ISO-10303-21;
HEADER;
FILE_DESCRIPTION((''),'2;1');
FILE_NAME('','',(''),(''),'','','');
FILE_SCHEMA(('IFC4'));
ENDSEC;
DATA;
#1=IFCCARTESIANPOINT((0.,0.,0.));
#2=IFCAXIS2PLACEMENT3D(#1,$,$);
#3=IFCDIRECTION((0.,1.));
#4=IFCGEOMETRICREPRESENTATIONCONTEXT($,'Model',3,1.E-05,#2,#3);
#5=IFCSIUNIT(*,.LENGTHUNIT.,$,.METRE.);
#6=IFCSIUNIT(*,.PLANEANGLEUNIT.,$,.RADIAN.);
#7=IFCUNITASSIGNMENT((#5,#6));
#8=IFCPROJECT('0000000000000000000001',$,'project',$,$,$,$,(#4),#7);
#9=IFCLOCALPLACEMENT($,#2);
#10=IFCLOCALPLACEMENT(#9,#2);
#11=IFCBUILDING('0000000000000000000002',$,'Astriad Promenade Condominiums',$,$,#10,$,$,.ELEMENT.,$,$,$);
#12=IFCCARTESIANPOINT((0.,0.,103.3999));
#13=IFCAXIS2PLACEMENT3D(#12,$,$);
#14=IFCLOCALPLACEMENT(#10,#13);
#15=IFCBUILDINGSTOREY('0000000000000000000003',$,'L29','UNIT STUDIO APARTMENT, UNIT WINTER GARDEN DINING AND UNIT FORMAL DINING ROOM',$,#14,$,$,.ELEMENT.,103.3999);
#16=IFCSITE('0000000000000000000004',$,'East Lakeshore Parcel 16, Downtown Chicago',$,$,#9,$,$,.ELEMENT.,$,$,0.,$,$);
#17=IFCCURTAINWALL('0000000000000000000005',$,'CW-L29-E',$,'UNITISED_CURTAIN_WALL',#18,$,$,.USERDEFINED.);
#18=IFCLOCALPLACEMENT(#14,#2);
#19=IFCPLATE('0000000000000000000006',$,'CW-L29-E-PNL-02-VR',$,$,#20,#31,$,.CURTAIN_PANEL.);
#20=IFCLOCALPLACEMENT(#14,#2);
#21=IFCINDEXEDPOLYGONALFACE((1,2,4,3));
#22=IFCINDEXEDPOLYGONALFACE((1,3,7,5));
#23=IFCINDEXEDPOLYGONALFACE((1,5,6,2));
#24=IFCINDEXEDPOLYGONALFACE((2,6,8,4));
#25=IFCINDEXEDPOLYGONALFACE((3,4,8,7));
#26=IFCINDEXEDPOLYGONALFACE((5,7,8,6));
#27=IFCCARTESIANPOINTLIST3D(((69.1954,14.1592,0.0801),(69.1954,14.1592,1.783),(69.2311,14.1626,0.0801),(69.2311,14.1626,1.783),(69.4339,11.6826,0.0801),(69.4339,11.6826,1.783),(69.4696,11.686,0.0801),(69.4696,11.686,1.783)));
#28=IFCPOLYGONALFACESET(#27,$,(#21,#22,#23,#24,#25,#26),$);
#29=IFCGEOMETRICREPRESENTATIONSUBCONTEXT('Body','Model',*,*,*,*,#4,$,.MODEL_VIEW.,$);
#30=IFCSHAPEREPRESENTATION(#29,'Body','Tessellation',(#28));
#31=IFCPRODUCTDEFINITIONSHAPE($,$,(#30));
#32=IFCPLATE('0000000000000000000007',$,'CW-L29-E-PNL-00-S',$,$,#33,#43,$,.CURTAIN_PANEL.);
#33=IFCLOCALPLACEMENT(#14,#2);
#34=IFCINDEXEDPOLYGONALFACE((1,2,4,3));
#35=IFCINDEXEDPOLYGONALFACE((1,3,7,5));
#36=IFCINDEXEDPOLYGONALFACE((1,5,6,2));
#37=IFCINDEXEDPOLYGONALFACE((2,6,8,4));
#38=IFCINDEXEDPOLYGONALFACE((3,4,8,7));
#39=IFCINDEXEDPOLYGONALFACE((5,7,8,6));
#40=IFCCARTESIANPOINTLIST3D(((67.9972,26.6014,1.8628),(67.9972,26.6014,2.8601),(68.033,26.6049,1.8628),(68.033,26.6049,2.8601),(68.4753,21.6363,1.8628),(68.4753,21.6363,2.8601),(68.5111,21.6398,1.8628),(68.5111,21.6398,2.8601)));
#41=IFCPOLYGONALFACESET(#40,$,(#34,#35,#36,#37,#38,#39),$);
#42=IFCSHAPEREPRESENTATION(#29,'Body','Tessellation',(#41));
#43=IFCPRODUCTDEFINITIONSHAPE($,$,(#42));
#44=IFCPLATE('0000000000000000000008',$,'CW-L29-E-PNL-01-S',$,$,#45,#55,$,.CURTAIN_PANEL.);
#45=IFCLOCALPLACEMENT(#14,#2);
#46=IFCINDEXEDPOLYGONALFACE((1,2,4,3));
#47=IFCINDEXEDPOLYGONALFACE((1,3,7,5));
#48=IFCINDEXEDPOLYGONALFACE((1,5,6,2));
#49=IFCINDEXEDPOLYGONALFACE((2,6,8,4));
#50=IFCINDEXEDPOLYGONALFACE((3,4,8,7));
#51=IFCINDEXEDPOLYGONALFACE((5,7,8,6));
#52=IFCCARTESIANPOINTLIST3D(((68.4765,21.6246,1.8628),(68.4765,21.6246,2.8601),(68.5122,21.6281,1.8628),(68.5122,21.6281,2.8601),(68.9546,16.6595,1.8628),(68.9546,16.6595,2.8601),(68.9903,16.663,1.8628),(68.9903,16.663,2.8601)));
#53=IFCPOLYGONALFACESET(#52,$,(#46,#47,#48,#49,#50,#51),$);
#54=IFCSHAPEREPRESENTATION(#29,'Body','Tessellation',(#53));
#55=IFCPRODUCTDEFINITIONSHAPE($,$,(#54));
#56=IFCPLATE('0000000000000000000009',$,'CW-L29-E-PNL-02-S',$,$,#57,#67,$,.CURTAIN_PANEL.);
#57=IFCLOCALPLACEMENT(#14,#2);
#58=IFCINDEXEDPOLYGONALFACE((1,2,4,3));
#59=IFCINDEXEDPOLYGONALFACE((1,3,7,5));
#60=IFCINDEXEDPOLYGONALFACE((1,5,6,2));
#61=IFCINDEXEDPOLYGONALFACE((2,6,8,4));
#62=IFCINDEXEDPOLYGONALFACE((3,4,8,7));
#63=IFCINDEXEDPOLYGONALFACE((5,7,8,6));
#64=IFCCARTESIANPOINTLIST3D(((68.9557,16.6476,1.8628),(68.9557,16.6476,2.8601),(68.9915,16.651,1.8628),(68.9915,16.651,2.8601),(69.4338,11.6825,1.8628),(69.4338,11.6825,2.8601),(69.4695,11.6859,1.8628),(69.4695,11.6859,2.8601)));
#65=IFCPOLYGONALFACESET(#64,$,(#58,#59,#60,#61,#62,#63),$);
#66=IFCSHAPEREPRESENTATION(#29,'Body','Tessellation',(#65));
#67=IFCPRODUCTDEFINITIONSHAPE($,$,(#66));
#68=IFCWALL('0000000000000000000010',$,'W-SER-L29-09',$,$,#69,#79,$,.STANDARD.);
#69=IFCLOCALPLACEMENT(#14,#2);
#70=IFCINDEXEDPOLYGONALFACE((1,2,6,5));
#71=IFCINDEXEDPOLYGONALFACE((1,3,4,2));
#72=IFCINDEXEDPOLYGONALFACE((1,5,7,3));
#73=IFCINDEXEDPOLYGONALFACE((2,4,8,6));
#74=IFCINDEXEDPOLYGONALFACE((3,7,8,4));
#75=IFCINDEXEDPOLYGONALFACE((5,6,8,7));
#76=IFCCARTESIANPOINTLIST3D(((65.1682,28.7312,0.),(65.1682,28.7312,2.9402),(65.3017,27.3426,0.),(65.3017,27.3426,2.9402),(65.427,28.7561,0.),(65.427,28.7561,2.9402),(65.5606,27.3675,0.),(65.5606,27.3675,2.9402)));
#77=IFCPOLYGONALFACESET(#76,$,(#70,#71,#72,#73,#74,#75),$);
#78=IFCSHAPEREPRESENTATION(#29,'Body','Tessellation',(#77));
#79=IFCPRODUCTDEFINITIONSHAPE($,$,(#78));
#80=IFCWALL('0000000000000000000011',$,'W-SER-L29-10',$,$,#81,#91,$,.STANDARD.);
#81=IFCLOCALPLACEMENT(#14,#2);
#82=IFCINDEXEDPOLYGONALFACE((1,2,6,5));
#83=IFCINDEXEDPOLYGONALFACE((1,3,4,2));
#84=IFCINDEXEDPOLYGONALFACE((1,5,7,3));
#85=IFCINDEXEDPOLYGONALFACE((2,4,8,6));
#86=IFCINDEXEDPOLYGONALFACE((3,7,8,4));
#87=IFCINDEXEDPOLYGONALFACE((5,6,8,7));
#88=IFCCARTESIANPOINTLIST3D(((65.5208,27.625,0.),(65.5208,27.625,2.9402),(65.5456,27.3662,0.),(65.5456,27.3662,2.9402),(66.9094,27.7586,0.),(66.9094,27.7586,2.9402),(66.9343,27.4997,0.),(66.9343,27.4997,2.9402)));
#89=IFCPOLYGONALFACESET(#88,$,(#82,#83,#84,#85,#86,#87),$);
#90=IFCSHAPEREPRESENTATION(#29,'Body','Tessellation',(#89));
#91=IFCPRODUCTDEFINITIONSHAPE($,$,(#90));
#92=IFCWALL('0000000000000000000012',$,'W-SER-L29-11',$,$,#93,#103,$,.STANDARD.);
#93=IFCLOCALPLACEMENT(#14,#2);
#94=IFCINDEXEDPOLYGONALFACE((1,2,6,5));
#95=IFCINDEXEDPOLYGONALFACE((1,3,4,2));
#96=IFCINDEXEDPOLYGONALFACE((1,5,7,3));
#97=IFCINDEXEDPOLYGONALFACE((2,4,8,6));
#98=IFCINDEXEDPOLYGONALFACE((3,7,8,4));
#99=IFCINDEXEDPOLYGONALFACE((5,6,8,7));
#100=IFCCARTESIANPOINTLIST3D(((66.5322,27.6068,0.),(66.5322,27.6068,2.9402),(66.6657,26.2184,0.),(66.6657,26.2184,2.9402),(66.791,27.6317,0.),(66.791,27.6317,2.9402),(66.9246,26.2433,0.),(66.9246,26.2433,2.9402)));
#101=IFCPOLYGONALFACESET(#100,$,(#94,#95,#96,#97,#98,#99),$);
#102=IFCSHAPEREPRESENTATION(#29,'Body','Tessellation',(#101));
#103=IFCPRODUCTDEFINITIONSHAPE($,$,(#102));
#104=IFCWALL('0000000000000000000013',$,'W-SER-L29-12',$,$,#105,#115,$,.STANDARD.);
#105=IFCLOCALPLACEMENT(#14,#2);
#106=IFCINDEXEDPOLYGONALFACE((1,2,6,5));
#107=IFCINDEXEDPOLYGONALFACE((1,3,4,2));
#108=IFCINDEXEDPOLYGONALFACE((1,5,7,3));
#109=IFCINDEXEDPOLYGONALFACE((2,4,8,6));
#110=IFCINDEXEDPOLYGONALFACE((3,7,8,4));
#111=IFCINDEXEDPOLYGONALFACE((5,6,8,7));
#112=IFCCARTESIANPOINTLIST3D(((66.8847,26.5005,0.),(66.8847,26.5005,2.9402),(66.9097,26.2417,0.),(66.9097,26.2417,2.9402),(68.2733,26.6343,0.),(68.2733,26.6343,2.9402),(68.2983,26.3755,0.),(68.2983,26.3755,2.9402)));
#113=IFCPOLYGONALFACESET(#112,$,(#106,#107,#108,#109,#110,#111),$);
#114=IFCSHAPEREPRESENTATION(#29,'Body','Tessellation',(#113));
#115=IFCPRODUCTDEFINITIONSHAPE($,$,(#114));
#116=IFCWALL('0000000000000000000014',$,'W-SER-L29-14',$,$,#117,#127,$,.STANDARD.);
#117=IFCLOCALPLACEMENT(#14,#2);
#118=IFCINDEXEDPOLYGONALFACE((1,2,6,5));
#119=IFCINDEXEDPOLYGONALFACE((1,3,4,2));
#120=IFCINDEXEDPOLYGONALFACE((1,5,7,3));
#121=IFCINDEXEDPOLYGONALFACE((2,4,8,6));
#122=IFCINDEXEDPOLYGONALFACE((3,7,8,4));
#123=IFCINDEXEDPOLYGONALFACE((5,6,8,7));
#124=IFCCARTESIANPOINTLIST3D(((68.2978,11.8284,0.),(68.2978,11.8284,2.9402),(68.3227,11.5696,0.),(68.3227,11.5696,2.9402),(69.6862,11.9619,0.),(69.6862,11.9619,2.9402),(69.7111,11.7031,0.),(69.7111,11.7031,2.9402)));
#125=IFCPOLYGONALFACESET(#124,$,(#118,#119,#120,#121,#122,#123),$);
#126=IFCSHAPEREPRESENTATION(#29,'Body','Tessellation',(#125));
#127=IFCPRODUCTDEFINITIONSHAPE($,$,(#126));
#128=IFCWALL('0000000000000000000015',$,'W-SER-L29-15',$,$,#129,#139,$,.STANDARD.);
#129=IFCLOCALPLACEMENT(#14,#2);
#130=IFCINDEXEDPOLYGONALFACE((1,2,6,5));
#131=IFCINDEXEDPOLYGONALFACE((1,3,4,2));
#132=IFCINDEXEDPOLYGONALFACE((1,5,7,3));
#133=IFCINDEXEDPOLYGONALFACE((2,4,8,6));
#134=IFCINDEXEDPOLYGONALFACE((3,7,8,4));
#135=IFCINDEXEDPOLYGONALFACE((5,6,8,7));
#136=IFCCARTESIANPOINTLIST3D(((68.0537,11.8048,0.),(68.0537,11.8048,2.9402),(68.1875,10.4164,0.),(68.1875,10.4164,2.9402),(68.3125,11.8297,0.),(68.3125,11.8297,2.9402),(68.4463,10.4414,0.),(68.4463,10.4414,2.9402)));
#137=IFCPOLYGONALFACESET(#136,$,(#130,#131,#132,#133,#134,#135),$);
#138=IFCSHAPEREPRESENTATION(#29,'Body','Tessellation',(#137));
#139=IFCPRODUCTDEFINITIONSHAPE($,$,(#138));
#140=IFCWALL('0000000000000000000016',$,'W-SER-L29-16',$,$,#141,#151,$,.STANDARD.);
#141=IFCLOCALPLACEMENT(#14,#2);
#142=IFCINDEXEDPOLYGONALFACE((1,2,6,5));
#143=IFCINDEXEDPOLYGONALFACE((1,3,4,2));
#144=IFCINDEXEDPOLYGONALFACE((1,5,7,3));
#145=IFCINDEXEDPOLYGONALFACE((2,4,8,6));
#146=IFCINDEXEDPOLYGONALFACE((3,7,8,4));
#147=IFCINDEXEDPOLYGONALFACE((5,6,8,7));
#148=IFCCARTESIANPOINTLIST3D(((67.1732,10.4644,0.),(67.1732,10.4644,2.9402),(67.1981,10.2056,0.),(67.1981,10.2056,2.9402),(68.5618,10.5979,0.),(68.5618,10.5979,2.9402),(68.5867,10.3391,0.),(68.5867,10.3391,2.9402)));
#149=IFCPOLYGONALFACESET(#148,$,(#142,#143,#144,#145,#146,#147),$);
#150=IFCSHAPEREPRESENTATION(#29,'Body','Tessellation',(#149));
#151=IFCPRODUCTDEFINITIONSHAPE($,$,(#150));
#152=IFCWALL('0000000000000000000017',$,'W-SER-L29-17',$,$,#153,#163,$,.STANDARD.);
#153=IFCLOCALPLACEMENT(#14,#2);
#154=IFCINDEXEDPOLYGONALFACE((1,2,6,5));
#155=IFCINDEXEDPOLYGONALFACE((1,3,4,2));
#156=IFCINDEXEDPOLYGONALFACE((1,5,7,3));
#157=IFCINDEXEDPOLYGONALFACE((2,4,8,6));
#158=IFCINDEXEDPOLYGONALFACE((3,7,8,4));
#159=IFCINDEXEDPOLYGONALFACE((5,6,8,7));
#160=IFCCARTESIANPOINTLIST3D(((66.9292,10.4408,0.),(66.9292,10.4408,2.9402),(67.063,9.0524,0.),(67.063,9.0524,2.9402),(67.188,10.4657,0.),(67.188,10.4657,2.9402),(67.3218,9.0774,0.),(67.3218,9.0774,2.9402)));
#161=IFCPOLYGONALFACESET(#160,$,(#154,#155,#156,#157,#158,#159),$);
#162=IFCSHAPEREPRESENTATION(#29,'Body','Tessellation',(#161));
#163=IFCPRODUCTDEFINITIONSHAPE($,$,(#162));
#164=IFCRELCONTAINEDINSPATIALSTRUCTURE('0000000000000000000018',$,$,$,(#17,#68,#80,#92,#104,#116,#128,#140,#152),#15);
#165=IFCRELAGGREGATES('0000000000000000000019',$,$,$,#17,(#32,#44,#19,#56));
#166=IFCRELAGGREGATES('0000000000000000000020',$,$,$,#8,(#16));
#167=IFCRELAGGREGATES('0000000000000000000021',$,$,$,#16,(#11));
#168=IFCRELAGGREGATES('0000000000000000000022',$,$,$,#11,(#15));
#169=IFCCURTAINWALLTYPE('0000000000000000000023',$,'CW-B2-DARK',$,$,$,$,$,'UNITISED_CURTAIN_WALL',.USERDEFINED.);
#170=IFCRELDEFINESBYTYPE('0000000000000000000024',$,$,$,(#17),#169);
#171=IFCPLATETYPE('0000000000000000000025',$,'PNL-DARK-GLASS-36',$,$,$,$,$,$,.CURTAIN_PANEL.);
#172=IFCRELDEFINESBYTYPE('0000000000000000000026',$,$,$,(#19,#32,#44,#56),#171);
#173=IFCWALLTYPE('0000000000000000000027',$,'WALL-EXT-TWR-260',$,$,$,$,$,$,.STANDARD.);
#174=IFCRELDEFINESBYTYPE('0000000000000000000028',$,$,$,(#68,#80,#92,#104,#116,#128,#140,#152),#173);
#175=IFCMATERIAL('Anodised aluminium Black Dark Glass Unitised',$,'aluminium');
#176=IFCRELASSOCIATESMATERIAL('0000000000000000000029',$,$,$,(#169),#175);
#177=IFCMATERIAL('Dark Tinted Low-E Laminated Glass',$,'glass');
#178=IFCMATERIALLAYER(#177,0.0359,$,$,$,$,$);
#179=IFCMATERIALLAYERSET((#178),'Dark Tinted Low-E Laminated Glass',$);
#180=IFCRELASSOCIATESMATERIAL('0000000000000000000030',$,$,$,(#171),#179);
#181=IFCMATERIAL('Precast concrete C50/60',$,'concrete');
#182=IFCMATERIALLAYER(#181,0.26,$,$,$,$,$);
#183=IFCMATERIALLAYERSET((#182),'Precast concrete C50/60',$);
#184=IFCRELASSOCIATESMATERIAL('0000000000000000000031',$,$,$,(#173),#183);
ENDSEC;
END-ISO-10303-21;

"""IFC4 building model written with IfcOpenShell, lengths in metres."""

from ifc_helpers import new_model, si_unit, direction, frame, frame_2d, origin, origin_2d, place, context, subcontext, project, spatial, rectangle, extrude, source, transform, mapped, material, layer, layer_set, type_object, type_shapes, element, aggregate, save


model = new_model("IFC4")

# Units and contexts
model_context = context("Model", 3, precision=1e-05, world=origin(), true_north=direction((0.0, 1.0)))
body_context = subcontext(model_context, "Body", "Model", "MODEL_VIEW")
ifc_project = project(units=[si_unit("LENGTHUNIT", "METRE"), si_unit("PLANEANGLEUNIT", "RADIAN")], contexts=[model_context])

# Site, building, storey
site_placement = place(None, origin())
site = spatial("IfcSite", under=ifc_project, at=site_placement, Name="East Lakeshore Parcel 16, Downtown Chicago", CompositionType="ELEMENT", RefElevation=0.0)
building_placement = place(site_placement, origin())
building = spatial("IfcBuilding", under=site, at=building_placement, Name="Astriad Promenade Condominiums", CompositionType="ELEMENT")
storey_placement = place(building_placement, frame((0.0, 0.0, 103.3999)))
storey = spatial("IfcBuildingStorey", under=building, at=storey_placement, Name="L29", Description="UNIT STUDIO APARTMENT, UNIT WINTER GARDEN DINING AND UNIT FORMAL DINING ROOM", CompositionType="ELEMENT", Elevation=103.3999)

# Curtain wall, plates
ifc_material_1 = material(Name="Anodised aluminium Black Dark Glass Unitised", Category="aluminium")
curtain_wall_type = type_object("IfcCurtainWallType", Name="CW-B2-DARK", ElementType="UNITISED_CURTAIN_WALL", PredefinedType="USERDEFINED", material=ifc_material_1)
curtain_wall_placement = place(storey_placement, origin())
curtain_wall = element("IfcCurtainWall", 1, at=curtain_wall_placement, inside=storey, type_object=curtain_wall_type, Name="CW-L29-E", ObjectType="UNITISED_CURTAIN_WALL", PredefinedType="USERDEFINED")
ifc_material_2 = material(Name="Dark Tinted Low-E Laminated Glass", Category="glass")
ifc_layer_1 = layer(ifc_material_2, 0.0359)
ifc_layer_set_1 = layer_set([ifc_layer_1], Name="Dark Tinted Low-E Laminated Glass")
plate_type = type_object("IfcPlateType", Name="PNL-DARK-GLASS-36", PredefinedType="CURTAIN_PANEL", material=ifc_layer_set_1)
shared_shape_1 = source(origin(), body_context, "Body", "SweptSolid", [
    extrude(rectangle(XDim=2.488, YDim=0.0359, at=origin_2d()), origin(), (0.0, 0.0, 1.0), 1.7029),
])
plate_1_placement = place(storey_placement, frame((69.3325, 12.9226, 0.0801), z_axis=(0.0, 0.0, 1.0), x_axis=(0.095846, -0.995396, 0.0)))
plate_1 = element("IfcPlate", 2, at=plate_1_placement, type_object=plate_type, Name="CW-L29-E-PNL-02-VR", PredefinedType="CURTAIN_PANEL", context=body_context, shape_type="MappedRepresentation", body=[
    mapped(shared_shape_1, transform((0.0, 0.0, 0.0), scale=1.0)),
])
shared_shape_2 = source(origin(), body_context, "Body", "SweptSolid", [
    extrude(rectangle(XDim=4.988, YDim=0.0359, at=origin_2d()), origin(), (0.0, 0.0, 1.0), 0.9973),
])
type_shapes(plate_type, [shared_shape_1, shared_shape_2])
plate_2_placement = place(storey_placement, frame((68.2542, 24.1206, 1.8628), z_axis=(0.0, 0.0, 1.0), x_axis=(0.095846, -0.995396, 0.0)))
plate_2 = element("IfcPlate", 3, at=plate_2_placement, type_object=plate_type, Name="CW-L29-E-PNL-00-S", PredefinedType="CURTAIN_PANEL", context=body_context, shape_type="MappedRepresentation", body=[
    mapped(shared_shape_2, transform((0.0, 0.0, 0.0), scale=1.0)),
])
plate_3_placement = place(storey_placement, frame((68.7334, 19.1438, 1.8628), z_axis=(0.0, 0.0, 1.0), x_axis=(0.095846, -0.995396, 0.0)))
plate_3 = element("IfcPlate", 4, at=plate_3_placement, type_object=plate_type, Name="CW-L29-E-PNL-01-S", PredefinedType="CURTAIN_PANEL", context=body_context, shape_type="MappedRepresentation", body=[
    mapped(shared_shape_2, transform((0.0, 0.0, 0.0), scale=1.0)),
])
plate_4_placement = place(storey_placement, frame((69.2126, 14.1667, 1.8628), z_axis=(0.0, 0.0, 1.0), x_axis=(0.095846, -0.995396, 0.0)))
plate_4 = element("IfcPlate", 5, at=plate_4_placement, type_object=plate_type, Name="CW-L29-E-PNL-02-S", PredefinedType="CURTAIN_PANEL", context=body_context, shape_type="MappedRepresentation", body=[
    mapped(shared_shape_2, transform((0.0, 0.0, 0.0), scale=1.0)),
])
aggregate(curtain_wall, [plate_2, plate_3, plate_1, plate_4])

# Walls
ifc_material_3 = material(Name="Precast concrete C50/60", Category="concrete")
ifc_layer_2 = layer(ifc_material_3, 0.26)
ifc_layer_set_2 = layer_set([ifc_layer_2], Name="Precast concrete C50/60")
wall_type_1 = type_object("IfcWallType", Name="WALL-EXT-TWR-260", PredefinedType="STANDARD", material=ifc_layer_set_2)
for number, where, z_axis, x_axis, name in (
    (6, (65.2976, 28.7437, 0.0), (0.0, 0.0, 1.0), (0.095726, -0.995408, 0.0), "W-SER-L29-09"),
    (7, (65.5332, 27.4956, 0.0), (0.0, 0.0, 1.0), (0.995408, 0.095726, 0.0), "W-SER-L29-10"),
):
    element("IfcWall", number, at=place(storey_placement, frame(where, z_axis=z_axis, x_axis=x_axis)), inside=storey, type_object=wall_type_1, Name=name, PredefinedType="STANDARD", context=body_context, shape_type="SweptSolid", body=[
        extrude(rectangle(XDim=1.395, YDim=0.26, at=frame_2d((0.6975, 0.0))), origin(), (0.0, 0.0, 1.0), 2.9402),
    ])
wall_1_placement = place(storey_placement, frame((66.6616, 27.6191, 0.0), z_axis=(0.0, 0.0, 1.0), x_axis=(0.095742, -0.995406, 0.0)))
element("IfcWall", 8, at=wall_1_placement, inside=storey, type_object=wall_type_1, Name="W-SER-L29-11", PredefinedType="STANDARD", context=body_context, shape_type="SweptSolid", body=[
    extrude(rectangle(XDim=1.3948, YDim=0.26, at=frame_2d((0.6973, 0.0))), origin(), (0.0, 0.0, 1.0), 2.9402),
])
wall_2_placement = place(storey_placement, frame((66.8972, 26.3711, 0.0), z_axis=(0.0, 0.0, 1.0), x_axis=(0.995391, 0.095899, 0.0)))
element("IfcWall", 9, at=wall_2_placement, inside=storey, type_object=wall_type_1, Name="W-SER-L29-12", PredefinedType="STANDARD", context=body_context, shape_type="SweptSolid", body=[
    extrude(rectangle(XDim=1.395, YDim=0.26, at=frame_2d((0.6975, 0.0))), origin(), (0.0, 0.0, 1.0), 2.9402),
])
for number, where, z_axis, x_axis, name in (
    (10, (69.6985, 11.8325, 0.0), (0.0, 0.0, 1.0), (-0.995406, -0.095742, 0.0), "W-SER-L29-14"),
    (11, (68.1831, 11.8171, 0.0), (0.0, 0.0, 1.0), (0.095916, -0.995389, 0.0), "W-SER-L29-15"),
):
    element("IfcWall", number, at=place(storey_placement, frame(where, z_axis=z_axis, x_axis=x_axis)), inside=storey, type_object=wall_type_1, Name=name, PredefinedType="STANDARD", context=body_context, shape_type="SweptSolid", body=[
        extrude(rectangle(XDim=1.3948, YDim=0.26, at=frame_2d((0.6973, 0.0))), origin(), (0.0, 0.0, 1.0), 2.9402),
    ])
wall_3_placement = place(storey_placement, frame((68.5742, 10.4685, 0.0), z_axis=(0.0, 0.0, 1.0), x_axis=(-0.995408, -0.095726, 0.0)))
element("IfcWall", 12, at=wall_3_placement, inside=storey, type_object=wall_type_1, Name="W-SER-L29-16", PredefinedType="STANDARD", context=body_context, shape_type="SweptSolid", body=[
    extrude(rectangle(XDim=1.395, YDim=0.26, at=frame_2d((0.6975, 0.0))), origin(), (0.0, 0.0, 1.0), 2.9402),
])
wall_4_placement = place(storey_placement, frame((67.0586, 10.4531, 0.0), z_axis=(0.0, 0.0, 1.0), x_axis=(0.095916, -0.995389, 0.0)))
element("IfcWall", 13, at=wall_4_placement, inside=storey, type_object=wall_type_1, Name="W-SER-L29-17", PredefinedType="STANDARD", context=body_context, shape_type="SweptSolid", body=[
    extrude(rectangle(XDim=1.3948, YDim=0.26, at=frame_2d((0.6973, 0.0))), origin(), (0.0, 0.0, 1.0), 2.9402),
])

save(model, "model.ifc")
